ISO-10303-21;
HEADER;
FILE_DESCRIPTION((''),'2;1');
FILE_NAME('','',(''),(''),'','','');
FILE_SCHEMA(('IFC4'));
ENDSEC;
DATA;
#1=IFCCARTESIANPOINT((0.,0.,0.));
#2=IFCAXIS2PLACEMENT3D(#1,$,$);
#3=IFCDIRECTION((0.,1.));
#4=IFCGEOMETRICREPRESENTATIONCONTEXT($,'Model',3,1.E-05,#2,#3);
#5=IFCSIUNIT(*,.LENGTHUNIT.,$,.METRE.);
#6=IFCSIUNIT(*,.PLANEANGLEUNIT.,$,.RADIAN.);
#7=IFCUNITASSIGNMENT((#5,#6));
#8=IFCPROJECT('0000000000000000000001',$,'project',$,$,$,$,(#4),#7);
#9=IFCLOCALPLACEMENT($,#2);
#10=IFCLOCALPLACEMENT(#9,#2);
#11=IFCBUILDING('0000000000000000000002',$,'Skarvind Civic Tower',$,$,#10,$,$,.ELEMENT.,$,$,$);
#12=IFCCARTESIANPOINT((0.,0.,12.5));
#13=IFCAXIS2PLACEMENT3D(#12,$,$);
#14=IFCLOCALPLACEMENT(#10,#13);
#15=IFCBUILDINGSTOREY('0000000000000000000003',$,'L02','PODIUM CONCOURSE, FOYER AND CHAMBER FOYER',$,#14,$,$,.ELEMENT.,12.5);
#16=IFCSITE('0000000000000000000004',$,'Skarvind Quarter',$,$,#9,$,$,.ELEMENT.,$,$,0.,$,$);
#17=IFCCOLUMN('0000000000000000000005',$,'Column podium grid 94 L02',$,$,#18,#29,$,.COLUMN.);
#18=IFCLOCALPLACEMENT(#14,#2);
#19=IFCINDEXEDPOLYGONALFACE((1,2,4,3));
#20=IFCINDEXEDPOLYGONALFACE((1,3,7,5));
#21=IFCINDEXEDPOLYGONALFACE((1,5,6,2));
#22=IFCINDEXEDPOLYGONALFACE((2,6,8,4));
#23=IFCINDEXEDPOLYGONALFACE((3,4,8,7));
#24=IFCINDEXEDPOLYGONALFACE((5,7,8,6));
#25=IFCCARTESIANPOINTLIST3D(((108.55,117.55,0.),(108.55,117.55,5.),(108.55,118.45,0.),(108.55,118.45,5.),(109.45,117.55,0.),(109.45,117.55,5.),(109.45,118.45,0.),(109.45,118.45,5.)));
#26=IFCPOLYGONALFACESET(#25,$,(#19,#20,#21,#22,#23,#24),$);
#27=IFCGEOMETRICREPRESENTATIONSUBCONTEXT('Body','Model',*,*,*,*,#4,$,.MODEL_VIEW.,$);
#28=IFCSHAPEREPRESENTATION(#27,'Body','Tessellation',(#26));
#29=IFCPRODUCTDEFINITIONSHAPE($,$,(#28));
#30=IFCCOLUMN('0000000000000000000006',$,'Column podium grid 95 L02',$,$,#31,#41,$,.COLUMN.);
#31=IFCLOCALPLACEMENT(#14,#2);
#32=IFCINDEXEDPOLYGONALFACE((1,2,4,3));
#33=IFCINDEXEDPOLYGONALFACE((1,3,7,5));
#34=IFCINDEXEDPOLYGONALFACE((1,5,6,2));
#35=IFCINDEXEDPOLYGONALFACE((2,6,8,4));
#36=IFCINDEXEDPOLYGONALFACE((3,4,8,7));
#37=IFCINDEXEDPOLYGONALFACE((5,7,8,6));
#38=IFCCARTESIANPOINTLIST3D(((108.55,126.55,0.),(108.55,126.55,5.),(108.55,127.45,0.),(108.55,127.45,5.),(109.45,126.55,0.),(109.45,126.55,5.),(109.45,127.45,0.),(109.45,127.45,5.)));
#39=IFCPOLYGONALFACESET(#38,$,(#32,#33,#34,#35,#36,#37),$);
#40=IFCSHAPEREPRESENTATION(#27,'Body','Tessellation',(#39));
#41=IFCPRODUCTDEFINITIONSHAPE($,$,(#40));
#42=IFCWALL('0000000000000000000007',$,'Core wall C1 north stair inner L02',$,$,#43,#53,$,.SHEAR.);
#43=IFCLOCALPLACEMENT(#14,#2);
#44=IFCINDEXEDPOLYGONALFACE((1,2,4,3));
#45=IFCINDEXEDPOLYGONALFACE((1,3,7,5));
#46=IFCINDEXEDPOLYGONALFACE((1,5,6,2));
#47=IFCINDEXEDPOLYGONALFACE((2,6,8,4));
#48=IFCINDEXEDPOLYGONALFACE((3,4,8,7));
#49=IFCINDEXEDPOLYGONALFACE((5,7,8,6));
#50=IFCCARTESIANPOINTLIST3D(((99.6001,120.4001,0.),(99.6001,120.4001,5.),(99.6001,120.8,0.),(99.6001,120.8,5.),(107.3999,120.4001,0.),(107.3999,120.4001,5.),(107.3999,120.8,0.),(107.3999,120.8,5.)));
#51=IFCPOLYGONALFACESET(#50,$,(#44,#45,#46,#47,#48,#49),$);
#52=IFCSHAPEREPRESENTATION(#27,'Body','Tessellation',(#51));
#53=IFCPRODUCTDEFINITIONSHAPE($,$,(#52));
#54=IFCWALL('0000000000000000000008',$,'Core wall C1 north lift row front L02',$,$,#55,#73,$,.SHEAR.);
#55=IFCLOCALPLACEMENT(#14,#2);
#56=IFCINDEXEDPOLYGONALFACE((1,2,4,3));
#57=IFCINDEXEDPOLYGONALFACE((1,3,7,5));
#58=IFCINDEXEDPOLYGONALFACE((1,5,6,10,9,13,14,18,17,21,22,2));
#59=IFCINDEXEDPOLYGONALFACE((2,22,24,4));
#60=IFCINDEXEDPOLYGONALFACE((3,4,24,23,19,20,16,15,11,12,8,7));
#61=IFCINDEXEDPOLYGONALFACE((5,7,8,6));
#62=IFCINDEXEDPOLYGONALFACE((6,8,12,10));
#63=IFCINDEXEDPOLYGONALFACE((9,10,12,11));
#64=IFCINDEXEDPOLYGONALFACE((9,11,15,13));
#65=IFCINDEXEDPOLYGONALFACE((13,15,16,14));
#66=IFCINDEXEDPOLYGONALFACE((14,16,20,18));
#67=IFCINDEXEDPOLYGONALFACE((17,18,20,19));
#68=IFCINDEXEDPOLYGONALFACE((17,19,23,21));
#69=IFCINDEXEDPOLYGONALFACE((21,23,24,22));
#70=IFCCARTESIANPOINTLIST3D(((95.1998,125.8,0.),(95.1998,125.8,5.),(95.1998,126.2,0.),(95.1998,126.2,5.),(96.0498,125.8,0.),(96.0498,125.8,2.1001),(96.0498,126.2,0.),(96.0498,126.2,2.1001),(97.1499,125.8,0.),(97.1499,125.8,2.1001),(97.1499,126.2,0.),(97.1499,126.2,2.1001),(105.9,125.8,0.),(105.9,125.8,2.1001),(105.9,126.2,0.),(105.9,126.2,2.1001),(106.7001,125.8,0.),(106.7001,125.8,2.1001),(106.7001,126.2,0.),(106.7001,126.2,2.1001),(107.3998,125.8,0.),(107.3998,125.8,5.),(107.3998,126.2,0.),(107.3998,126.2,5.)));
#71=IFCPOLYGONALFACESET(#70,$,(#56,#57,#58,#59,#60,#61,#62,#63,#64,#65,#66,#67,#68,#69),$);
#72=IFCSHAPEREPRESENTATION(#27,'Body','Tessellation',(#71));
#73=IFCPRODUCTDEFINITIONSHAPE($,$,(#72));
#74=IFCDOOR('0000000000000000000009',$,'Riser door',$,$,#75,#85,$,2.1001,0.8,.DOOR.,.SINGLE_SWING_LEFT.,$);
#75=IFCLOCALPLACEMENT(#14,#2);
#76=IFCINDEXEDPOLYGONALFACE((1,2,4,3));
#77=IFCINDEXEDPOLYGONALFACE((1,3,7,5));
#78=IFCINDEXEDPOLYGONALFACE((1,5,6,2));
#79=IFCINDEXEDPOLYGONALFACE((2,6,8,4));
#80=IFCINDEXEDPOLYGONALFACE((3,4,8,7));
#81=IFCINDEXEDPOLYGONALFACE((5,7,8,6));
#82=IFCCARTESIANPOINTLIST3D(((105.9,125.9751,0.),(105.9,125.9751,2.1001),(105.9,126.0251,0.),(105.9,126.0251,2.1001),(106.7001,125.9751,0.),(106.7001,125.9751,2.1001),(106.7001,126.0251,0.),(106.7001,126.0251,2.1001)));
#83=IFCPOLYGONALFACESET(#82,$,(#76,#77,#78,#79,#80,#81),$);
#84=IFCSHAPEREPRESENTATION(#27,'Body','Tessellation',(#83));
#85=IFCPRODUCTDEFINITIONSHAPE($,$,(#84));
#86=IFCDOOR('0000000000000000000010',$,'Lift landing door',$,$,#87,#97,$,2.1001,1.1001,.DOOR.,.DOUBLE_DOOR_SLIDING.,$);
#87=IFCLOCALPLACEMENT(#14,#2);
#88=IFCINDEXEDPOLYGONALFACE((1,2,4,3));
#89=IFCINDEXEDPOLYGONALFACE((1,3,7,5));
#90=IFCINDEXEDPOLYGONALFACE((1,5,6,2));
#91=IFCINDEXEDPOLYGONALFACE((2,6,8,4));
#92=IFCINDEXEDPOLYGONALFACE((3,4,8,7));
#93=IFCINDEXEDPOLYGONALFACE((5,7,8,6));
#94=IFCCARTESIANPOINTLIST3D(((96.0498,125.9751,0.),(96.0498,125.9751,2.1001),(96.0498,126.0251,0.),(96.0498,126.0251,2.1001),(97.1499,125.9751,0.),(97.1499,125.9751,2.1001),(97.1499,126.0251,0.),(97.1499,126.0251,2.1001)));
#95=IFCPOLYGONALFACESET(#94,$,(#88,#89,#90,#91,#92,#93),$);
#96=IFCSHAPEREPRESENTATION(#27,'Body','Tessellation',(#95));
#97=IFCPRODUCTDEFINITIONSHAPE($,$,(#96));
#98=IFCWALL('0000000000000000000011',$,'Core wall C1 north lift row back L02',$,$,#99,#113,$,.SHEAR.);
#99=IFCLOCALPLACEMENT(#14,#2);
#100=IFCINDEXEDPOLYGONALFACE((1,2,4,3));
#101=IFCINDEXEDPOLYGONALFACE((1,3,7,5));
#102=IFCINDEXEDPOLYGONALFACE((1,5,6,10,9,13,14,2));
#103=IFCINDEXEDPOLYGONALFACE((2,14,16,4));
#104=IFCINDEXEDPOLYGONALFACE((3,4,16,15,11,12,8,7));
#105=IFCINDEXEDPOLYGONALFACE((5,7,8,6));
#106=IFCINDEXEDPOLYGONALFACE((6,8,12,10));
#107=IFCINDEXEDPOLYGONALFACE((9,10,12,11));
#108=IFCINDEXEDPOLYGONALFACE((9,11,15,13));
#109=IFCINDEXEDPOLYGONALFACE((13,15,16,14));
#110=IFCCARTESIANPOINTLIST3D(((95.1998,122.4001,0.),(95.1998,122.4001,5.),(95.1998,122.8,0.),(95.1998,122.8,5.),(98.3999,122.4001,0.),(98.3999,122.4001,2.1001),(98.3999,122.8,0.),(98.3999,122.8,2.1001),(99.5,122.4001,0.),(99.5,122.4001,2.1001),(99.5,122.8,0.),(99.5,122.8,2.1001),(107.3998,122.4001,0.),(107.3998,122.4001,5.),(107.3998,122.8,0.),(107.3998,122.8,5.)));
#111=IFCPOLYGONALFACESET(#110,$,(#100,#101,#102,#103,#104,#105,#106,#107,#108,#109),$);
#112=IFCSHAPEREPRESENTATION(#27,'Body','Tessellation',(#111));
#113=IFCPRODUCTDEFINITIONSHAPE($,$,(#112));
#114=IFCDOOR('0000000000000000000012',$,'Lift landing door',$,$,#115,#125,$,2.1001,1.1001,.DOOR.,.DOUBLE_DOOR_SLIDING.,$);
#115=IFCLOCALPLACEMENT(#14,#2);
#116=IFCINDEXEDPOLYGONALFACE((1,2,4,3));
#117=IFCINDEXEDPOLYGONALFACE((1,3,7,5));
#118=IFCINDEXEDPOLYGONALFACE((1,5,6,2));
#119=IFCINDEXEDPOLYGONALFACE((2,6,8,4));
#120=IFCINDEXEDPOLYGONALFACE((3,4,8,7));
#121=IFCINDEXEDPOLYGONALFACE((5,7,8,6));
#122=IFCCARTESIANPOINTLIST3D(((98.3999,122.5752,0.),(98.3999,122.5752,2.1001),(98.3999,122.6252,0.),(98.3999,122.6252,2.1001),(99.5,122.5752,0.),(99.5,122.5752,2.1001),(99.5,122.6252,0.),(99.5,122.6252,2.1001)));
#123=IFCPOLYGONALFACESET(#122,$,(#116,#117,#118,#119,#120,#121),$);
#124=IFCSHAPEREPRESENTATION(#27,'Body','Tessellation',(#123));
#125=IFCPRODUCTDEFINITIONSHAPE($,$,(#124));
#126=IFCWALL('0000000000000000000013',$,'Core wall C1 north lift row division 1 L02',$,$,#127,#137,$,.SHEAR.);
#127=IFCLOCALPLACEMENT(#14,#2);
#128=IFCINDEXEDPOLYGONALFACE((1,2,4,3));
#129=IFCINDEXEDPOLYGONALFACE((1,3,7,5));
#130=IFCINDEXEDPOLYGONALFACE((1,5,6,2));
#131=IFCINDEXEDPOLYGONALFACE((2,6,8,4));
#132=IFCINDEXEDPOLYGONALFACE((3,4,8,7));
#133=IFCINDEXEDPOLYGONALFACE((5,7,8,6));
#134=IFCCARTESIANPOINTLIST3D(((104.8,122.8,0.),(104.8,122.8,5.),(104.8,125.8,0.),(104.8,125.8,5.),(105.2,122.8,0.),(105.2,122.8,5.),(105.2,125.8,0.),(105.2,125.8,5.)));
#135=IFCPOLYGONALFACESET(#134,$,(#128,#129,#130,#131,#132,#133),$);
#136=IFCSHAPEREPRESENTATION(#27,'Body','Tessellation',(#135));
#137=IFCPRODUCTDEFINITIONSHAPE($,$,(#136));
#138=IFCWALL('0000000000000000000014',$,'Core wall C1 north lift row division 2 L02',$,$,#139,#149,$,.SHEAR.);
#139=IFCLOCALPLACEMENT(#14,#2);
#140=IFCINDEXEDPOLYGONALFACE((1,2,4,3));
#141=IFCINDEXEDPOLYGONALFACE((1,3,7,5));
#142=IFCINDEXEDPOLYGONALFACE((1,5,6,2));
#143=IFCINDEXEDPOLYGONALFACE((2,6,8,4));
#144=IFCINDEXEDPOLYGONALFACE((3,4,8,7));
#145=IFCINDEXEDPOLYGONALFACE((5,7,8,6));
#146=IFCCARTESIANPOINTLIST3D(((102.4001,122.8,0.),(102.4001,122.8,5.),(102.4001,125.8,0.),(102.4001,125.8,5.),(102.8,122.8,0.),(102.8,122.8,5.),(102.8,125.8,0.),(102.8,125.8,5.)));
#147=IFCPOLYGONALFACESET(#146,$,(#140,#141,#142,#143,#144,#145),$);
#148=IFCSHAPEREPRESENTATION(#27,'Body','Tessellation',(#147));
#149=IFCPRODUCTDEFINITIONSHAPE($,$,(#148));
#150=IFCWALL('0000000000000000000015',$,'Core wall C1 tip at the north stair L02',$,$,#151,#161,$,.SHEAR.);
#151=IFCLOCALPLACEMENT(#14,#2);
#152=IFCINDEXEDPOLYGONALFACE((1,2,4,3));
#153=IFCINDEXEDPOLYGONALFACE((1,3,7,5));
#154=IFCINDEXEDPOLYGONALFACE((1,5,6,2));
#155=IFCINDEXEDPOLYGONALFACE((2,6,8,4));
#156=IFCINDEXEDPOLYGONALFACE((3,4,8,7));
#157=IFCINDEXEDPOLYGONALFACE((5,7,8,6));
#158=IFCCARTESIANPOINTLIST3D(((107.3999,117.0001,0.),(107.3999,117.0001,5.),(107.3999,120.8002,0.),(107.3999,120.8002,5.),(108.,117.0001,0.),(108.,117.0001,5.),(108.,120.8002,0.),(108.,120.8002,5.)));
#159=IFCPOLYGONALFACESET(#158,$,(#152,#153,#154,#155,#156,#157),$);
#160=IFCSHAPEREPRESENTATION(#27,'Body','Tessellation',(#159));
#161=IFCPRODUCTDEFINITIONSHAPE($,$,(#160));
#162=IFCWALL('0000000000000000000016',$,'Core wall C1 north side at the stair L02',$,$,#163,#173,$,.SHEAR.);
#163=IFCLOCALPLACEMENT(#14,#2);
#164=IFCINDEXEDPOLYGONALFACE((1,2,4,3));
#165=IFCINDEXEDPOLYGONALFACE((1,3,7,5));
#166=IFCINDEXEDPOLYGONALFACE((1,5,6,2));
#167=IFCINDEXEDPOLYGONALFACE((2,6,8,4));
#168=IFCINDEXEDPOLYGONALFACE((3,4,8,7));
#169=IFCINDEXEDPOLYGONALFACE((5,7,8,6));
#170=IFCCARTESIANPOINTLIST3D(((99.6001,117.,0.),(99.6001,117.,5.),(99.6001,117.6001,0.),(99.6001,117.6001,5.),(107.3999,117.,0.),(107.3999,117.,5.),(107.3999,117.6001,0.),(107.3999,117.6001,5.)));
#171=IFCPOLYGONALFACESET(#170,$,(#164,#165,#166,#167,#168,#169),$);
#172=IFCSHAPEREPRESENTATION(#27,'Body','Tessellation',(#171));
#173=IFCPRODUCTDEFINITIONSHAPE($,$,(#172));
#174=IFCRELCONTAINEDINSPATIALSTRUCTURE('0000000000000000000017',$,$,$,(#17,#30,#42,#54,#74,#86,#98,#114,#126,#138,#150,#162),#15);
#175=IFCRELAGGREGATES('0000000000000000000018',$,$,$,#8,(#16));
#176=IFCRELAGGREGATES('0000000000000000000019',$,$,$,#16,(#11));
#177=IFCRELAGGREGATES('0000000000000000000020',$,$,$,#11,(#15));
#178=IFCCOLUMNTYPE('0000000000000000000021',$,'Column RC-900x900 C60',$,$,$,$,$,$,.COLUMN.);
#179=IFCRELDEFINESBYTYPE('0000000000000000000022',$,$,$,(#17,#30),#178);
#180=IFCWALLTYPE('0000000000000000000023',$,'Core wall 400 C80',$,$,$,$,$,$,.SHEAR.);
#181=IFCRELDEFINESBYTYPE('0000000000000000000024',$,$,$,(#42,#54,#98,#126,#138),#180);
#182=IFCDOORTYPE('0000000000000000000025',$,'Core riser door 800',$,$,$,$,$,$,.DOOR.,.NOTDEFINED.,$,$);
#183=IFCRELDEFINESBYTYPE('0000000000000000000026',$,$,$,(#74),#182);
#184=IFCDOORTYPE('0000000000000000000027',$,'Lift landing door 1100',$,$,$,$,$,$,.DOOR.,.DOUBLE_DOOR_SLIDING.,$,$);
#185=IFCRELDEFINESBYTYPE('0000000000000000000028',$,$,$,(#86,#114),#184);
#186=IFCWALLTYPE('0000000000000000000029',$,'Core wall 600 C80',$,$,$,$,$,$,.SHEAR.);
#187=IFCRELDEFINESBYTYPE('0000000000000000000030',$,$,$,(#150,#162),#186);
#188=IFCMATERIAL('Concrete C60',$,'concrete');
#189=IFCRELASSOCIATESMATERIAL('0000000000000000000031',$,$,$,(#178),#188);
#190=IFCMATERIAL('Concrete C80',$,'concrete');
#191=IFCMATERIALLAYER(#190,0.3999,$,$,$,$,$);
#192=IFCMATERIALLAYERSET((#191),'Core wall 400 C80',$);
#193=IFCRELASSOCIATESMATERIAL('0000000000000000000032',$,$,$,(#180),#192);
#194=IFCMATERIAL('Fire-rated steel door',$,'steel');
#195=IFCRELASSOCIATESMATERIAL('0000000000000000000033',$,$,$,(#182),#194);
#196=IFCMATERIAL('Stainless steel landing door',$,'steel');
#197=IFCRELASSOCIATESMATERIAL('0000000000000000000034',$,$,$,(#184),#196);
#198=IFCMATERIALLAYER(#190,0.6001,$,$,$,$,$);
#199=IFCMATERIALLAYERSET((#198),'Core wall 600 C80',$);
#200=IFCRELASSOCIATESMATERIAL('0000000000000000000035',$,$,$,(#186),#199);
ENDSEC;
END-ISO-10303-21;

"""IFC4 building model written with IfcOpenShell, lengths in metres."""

from ifc_helpers import new_model, si_unit, direction, frame, frame_2d, origin, origin_2d, place, context, subcontext, project, spatial, rectangle, extrude, material, layer, layer_set, material_profile, profile_set, type_object, element, fill, save


model = new_model("IFC4")

# Units and contexts
model_context = context("Model", 3, precision=1e-05, world=origin(), true_north=direction((0.0, 1.0)))
body_context = subcontext(model_context, "Body", "Model", "MODEL_VIEW")
ifc_project = project(units=[si_unit("LENGTHUNIT", "METRE"), si_unit("PLANEANGLEUNIT", "RADIAN")], contexts=[model_context])

# Site, building, storey
site_placement = place(None, origin())
site = spatial("IfcSite", under=ifc_project, at=site_placement, Name="Skarvind Quarter", CompositionType="ELEMENT", RefElevation=0.0)
building_placement = place(site_placement, origin())
building = spatial("IfcBuilding", under=site, at=building_placement, Name="Skarvind Civic Tower", CompositionType="ELEMENT")
storey_placement = place(building_placement, frame((0.0, 0.0, 12.5)))
storey = spatial("IfcBuildingStorey", under=building, at=storey_placement, Name="L02", Description="PODIUM CONCOURSE, FOYER AND CHAMBER FOYER", CompositionType="ELEMENT", Elevation=12.5)

# Columns
ifc_material_1 = material(Name="Concrete C60", Category="concrete")
ifc_material_profile = material_profile(ifc_material_1, rectangle(XDim=0.8999, YDim=0.8999, at=origin_2d()), Name="RC-900x900")
ifc_profile_set = profile_set([ifc_material_profile], Name="Concrete C60")
column_type = type_object("IfcColumnType", Name="Column RC-900x900 C60", PredefinedType="COLUMN", material=ifc_profile_set)
for number, where, z_axis, x_axis, name in (
    (1, (109.0, 118.0, 0.0), (0.0, 0.0, 1.0), (1.0, 0.0, 0.0), "Column podium grid 94 L02"),
    (2, (109.0, 127.0, 0.0), (0.0, 0.0, 1.0), (1.0, 0.0, 0.0), "Column podium grid 95 L02"),
):
    element("IfcColumn", number, at=place(storey_placement, frame(where, z_axis=z_axis, x_axis=x_axis)), inside=storey, type_object=column_type, Name=name, PredefinedType="COLUMN", context=body_context, shape_type="SweptSolid", body=[
        extrude(rectangle(XDim=0.8999, YDim=0.8999, at=origin_2d()), origin(), (0.0, 0.0, 1.0), 5.0),
    ])

# Wall
ifc_material_2 = material(Name="Concrete C80", Category="concrete")
ifc_layer_1 = layer(ifc_material_2, 0.3999)
ifc_layer_set_1 = layer_set([ifc_layer_1], Name="Core wall 400 C80")
wall_type_1 = type_object("IfcWallType", Name="Core wall 400 C80", PredefinedType="SHEAR", material=ifc_layer_set_1)
wall_1_placement = place(storey_placement, frame((107.3999, 120.6001, 0.0), z_axis=(0.0, 0.0, 1.0), x_axis=(-1.0, 0.0, 0.0)))
element("IfcWall", 3, at=wall_1_placement, inside=storey, type_object=wall_type_1, Name="Core wall C1 north stair inner L02", PredefinedType="SHEAR", context=body_context, shape_type="SweptSolid", body=[
    extrude(rectangle(XDim=7.7998, YDim=0.3999, at=frame_2d((3.8999, 0.0))), origin(), (0.0, 0.0, 1.0), 5.0),
])

# Wall, openings, doors
wall_2_placement = place(storey_placement, frame((107.3999, 126.0, 0.0), z_axis=(0.0, 0.0, 1.0), x_axis=(-1.0, 0.0, 0.0)))
wall_2 = element("IfcWall", 4, at=wall_2_placement, inside=storey, type_object=wall_type_1, Name="Core wall C1 north lift row front L02", PredefinedType="SHEAR", context=body_context, shape_type="SweptSolid", body=[
    extrude(rectangle(XDim=12.2, YDim=0.3999, at=frame_2d((6.1001, 0.0))), origin(), (0.0, 0.0, 1.0), 5.0),
])
opening_1_placement = place(wall_2_placement, frame((10.25, 0.0, 0.0)))
opening_1 = element("IfcOpeningElement", 5, at=opening_1_placement, cuts=wall_2, PredefinedType="OPENING", context=body_context, shape_type="SweptSolid", body=[
    extrude(rectangle(XDim=1.1001, YDim=2.1001, at=frame_2d((0.55, 1.05))), frame((0.0, 0.21, 0.0), z_axis=(0.0, -1.0, 0.0), x_axis=(1.0, 0.0, 0.0)), (0.0, 0.0, 1.0), 0.4199),
])
opening_2_placement = place(wall_2_placement, frame((0.7, 0.0, 0.0)))
opening_2 = element("IfcOpeningElement", 6, at=opening_2_placement, cuts=wall_2, PredefinedType="OPENING", context=body_context, shape_type="SweptSolid", body=[
    extrude(rectangle(XDim=0.8, YDim=2.1001, at=frame_2d((0.3999, 1.05))), frame((0.0, 0.21, 0.0), z_axis=(0.0, -1.0, 0.0), x_axis=(1.0, 0.0, 0.0)), (0.0, 0.0, 1.0), 0.4199),
])
ifc_material_3 = material(Name="Fire-rated steel door", Category="steel")
door_type_1 = type_object("IfcDoorType", Name="Core riser door 800", OperationType="NOTDEFINED", PredefinedType="DOOR", material=ifc_material_3)
door_1_placement = place(opening_2_placement, origin())
door_1 = element("IfcDoor", 7, at=door_1_placement, inside=storey, type_object=door_type_1, Name="Riser door", OperationType="SINGLE_SWING_LEFT", OverallHeight=2.1001, OverallWidth=0.8, PredefinedType="DOOR", context=body_context, shape_type="SweptSolid", body=[
    extrude(rectangle(XDim=0.8, YDim=2.1001, at=frame_2d((0.3999, 1.05))), frame((0.0, 0.0249, 0.0), z_axis=(0.0, -1.0, 0.0), x_axis=(1.0, 0.0, 0.0)), (0.0, 0.0, 1.0), 0.05),
])
fill(opening_2, door_1)
ifc_material_4 = material(Name="Stainless steel landing door", Category="steel")
door_type_2 = type_object("IfcDoorType", Name="Lift landing door 1100", OperationType="DOUBLE_DOOR_SLIDING", PredefinedType="DOOR", material=ifc_material_4)
door_2_placement = place(opening_1_placement, origin())
door_2 = element("IfcDoor", 8, at=door_2_placement, inside=storey, type_object=door_type_2, Name="Lift landing door", OperationType="DOUBLE_DOOR_SLIDING", OverallHeight=2.1001, OverallWidth=1.1001, PredefinedType="DOOR", context=body_context, shape_type="SweptSolid", body=[
    extrude(rectangle(XDim=1.1001, YDim=2.1001, at=frame_2d((0.55, 1.05))), frame((0.0, 0.0249, 0.0), z_axis=(0.0, -1.0, 0.0), x_axis=(1.0, 0.0, 0.0)), (0.0, 0.0, 1.0), 0.05),
])
fill(opening_1, door_2)

# Wall, opening, door
wall_3_placement = place(storey_placement, frame((107.3999, 122.6001, 0.0), z_axis=(0.0, 0.0, 1.0), x_axis=(-1.0, 0.0, 0.0)))
wall_3 = element("IfcWall", 9, at=wall_3_placement, inside=storey, type_object=wall_type_1, Name="Core wall C1 north lift row back L02", PredefinedType="SHEAR", context=body_context, shape_type="SweptSolid", body=[
    extrude(rectangle(XDim=12.2, YDim=0.3999, at=frame_2d((6.1001, 0.0))), origin(), (0.0, 0.0, 1.0), 5.0),
])
opening_3_placement = place(wall_3_placement, frame((7.8999, 0.0, 0.0)))
opening_3 = element("IfcOpeningElement", 10, at=opening_3_placement, cuts=wall_3, PredefinedType="OPENING", context=body_context, shape_type="SweptSolid", body=[
    extrude(rectangle(XDim=1.1001, YDim=2.1001, at=frame_2d((0.55, 1.05))), frame((0.0, 0.21, 0.0), z_axis=(0.0, -1.0, 0.0), x_axis=(1.0, 0.0, 0.0)), (0.0, 0.0, 1.0), 0.4199),
])
door_3_placement = place(opening_3_placement, origin())
door_3 = element("IfcDoor", 11, at=door_3_placement, inside=storey, type_object=door_type_2, Name="Lift landing door", OperationType="DOUBLE_DOOR_SLIDING", OverallHeight=2.1001, OverallWidth=1.1001, PredefinedType="DOOR", context=body_context, shape_type="SweptSolid", body=[
    extrude(rectangle(XDim=1.1001, YDim=2.1001, at=frame_2d((0.55, 1.05))), frame((0.0, 0.0249, 0.0), z_axis=(0.0, -1.0, 0.0), x_axis=(1.0, 0.0, 0.0)), (0.0, 0.0, 1.0), 0.05),
])
fill(opening_3, door_3)

# Walls
for number, where, z_axis, x_axis, name in (
    (12, (105.0, 125.8, 0.0), (0.0, 0.0, 1.0), (0.0, -1.0, 0.0), "Core wall C1 north lift row division 1 L02"),
    (13, (102.6001, 125.8, 0.0), (0.0, 0.0, 1.0), (0.0, -1.0, 0.0), "Core wall C1 north lift row division 2 L02"),
):
    element("IfcWall", number, at=place(storey_placement, frame(where, z_axis=z_axis, x_axis=x_axis)), inside=storey, type_object=wall_type_1, Name=name, PredefinedType="SHEAR", context=body_context, shape_type="SweptSolid", body=[
        extrude(rectangle(XDim=3.0, YDim=0.3999, at=frame_2d((1.5, 0.0))), origin(), (0.0, 0.0, 1.0), 5.0),
    ])
ifc_layer_2 = layer(ifc_material_2, 0.6001)
ifc_layer_set_2 = layer_set([ifc_layer_2], Name="Core wall 600 C80")
wall_type_2 = type_object("IfcWallType", Name="Core wall 600 C80", PredefinedType="SHEAR", material=ifc_layer_set_2)
wall_4_placement = place(storey_placement, frame((107.7, 120.8, 0.0), z_axis=(0.0, 0.0, 1.0), x_axis=(0.0, -1.0, 0.0)))
element("IfcWall", 14, at=wall_4_placement, inside=storey, type_object=wall_type_2, Name="Core wall C1 tip at the north stair L02", PredefinedType="SHEAR", context=body_context, shape_type="SweptSolid", body=[
    extrude(rectangle(XDim=3.8, YDim=0.6001, at=frame_2d((1.8999, 0.0))), origin(), (0.0, 0.0, 1.0), 5.0),
])
wall_5_placement = place(storey_placement, frame((107.3999, 117.3, 0.0), z_axis=(0.0, 0.0, 1.0), x_axis=(-1.0, 0.0, 0.0)))
element("IfcWall", 15, at=wall_5_placement, inside=storey, type_object=wall_type_2, Name="Core wall C1 north side at the stair L02", PredefinedType="SHEAR", context=body_context, shape_type="SweptSolid", body=[
    extrude(rectangle(XDim=7.7998, YDim=0.6001, at=frame_2d((3.8999, 0.0))), origin(), (0.0, 0.0, 1.0), 5.0),
])

save(model, "model.ifc")
